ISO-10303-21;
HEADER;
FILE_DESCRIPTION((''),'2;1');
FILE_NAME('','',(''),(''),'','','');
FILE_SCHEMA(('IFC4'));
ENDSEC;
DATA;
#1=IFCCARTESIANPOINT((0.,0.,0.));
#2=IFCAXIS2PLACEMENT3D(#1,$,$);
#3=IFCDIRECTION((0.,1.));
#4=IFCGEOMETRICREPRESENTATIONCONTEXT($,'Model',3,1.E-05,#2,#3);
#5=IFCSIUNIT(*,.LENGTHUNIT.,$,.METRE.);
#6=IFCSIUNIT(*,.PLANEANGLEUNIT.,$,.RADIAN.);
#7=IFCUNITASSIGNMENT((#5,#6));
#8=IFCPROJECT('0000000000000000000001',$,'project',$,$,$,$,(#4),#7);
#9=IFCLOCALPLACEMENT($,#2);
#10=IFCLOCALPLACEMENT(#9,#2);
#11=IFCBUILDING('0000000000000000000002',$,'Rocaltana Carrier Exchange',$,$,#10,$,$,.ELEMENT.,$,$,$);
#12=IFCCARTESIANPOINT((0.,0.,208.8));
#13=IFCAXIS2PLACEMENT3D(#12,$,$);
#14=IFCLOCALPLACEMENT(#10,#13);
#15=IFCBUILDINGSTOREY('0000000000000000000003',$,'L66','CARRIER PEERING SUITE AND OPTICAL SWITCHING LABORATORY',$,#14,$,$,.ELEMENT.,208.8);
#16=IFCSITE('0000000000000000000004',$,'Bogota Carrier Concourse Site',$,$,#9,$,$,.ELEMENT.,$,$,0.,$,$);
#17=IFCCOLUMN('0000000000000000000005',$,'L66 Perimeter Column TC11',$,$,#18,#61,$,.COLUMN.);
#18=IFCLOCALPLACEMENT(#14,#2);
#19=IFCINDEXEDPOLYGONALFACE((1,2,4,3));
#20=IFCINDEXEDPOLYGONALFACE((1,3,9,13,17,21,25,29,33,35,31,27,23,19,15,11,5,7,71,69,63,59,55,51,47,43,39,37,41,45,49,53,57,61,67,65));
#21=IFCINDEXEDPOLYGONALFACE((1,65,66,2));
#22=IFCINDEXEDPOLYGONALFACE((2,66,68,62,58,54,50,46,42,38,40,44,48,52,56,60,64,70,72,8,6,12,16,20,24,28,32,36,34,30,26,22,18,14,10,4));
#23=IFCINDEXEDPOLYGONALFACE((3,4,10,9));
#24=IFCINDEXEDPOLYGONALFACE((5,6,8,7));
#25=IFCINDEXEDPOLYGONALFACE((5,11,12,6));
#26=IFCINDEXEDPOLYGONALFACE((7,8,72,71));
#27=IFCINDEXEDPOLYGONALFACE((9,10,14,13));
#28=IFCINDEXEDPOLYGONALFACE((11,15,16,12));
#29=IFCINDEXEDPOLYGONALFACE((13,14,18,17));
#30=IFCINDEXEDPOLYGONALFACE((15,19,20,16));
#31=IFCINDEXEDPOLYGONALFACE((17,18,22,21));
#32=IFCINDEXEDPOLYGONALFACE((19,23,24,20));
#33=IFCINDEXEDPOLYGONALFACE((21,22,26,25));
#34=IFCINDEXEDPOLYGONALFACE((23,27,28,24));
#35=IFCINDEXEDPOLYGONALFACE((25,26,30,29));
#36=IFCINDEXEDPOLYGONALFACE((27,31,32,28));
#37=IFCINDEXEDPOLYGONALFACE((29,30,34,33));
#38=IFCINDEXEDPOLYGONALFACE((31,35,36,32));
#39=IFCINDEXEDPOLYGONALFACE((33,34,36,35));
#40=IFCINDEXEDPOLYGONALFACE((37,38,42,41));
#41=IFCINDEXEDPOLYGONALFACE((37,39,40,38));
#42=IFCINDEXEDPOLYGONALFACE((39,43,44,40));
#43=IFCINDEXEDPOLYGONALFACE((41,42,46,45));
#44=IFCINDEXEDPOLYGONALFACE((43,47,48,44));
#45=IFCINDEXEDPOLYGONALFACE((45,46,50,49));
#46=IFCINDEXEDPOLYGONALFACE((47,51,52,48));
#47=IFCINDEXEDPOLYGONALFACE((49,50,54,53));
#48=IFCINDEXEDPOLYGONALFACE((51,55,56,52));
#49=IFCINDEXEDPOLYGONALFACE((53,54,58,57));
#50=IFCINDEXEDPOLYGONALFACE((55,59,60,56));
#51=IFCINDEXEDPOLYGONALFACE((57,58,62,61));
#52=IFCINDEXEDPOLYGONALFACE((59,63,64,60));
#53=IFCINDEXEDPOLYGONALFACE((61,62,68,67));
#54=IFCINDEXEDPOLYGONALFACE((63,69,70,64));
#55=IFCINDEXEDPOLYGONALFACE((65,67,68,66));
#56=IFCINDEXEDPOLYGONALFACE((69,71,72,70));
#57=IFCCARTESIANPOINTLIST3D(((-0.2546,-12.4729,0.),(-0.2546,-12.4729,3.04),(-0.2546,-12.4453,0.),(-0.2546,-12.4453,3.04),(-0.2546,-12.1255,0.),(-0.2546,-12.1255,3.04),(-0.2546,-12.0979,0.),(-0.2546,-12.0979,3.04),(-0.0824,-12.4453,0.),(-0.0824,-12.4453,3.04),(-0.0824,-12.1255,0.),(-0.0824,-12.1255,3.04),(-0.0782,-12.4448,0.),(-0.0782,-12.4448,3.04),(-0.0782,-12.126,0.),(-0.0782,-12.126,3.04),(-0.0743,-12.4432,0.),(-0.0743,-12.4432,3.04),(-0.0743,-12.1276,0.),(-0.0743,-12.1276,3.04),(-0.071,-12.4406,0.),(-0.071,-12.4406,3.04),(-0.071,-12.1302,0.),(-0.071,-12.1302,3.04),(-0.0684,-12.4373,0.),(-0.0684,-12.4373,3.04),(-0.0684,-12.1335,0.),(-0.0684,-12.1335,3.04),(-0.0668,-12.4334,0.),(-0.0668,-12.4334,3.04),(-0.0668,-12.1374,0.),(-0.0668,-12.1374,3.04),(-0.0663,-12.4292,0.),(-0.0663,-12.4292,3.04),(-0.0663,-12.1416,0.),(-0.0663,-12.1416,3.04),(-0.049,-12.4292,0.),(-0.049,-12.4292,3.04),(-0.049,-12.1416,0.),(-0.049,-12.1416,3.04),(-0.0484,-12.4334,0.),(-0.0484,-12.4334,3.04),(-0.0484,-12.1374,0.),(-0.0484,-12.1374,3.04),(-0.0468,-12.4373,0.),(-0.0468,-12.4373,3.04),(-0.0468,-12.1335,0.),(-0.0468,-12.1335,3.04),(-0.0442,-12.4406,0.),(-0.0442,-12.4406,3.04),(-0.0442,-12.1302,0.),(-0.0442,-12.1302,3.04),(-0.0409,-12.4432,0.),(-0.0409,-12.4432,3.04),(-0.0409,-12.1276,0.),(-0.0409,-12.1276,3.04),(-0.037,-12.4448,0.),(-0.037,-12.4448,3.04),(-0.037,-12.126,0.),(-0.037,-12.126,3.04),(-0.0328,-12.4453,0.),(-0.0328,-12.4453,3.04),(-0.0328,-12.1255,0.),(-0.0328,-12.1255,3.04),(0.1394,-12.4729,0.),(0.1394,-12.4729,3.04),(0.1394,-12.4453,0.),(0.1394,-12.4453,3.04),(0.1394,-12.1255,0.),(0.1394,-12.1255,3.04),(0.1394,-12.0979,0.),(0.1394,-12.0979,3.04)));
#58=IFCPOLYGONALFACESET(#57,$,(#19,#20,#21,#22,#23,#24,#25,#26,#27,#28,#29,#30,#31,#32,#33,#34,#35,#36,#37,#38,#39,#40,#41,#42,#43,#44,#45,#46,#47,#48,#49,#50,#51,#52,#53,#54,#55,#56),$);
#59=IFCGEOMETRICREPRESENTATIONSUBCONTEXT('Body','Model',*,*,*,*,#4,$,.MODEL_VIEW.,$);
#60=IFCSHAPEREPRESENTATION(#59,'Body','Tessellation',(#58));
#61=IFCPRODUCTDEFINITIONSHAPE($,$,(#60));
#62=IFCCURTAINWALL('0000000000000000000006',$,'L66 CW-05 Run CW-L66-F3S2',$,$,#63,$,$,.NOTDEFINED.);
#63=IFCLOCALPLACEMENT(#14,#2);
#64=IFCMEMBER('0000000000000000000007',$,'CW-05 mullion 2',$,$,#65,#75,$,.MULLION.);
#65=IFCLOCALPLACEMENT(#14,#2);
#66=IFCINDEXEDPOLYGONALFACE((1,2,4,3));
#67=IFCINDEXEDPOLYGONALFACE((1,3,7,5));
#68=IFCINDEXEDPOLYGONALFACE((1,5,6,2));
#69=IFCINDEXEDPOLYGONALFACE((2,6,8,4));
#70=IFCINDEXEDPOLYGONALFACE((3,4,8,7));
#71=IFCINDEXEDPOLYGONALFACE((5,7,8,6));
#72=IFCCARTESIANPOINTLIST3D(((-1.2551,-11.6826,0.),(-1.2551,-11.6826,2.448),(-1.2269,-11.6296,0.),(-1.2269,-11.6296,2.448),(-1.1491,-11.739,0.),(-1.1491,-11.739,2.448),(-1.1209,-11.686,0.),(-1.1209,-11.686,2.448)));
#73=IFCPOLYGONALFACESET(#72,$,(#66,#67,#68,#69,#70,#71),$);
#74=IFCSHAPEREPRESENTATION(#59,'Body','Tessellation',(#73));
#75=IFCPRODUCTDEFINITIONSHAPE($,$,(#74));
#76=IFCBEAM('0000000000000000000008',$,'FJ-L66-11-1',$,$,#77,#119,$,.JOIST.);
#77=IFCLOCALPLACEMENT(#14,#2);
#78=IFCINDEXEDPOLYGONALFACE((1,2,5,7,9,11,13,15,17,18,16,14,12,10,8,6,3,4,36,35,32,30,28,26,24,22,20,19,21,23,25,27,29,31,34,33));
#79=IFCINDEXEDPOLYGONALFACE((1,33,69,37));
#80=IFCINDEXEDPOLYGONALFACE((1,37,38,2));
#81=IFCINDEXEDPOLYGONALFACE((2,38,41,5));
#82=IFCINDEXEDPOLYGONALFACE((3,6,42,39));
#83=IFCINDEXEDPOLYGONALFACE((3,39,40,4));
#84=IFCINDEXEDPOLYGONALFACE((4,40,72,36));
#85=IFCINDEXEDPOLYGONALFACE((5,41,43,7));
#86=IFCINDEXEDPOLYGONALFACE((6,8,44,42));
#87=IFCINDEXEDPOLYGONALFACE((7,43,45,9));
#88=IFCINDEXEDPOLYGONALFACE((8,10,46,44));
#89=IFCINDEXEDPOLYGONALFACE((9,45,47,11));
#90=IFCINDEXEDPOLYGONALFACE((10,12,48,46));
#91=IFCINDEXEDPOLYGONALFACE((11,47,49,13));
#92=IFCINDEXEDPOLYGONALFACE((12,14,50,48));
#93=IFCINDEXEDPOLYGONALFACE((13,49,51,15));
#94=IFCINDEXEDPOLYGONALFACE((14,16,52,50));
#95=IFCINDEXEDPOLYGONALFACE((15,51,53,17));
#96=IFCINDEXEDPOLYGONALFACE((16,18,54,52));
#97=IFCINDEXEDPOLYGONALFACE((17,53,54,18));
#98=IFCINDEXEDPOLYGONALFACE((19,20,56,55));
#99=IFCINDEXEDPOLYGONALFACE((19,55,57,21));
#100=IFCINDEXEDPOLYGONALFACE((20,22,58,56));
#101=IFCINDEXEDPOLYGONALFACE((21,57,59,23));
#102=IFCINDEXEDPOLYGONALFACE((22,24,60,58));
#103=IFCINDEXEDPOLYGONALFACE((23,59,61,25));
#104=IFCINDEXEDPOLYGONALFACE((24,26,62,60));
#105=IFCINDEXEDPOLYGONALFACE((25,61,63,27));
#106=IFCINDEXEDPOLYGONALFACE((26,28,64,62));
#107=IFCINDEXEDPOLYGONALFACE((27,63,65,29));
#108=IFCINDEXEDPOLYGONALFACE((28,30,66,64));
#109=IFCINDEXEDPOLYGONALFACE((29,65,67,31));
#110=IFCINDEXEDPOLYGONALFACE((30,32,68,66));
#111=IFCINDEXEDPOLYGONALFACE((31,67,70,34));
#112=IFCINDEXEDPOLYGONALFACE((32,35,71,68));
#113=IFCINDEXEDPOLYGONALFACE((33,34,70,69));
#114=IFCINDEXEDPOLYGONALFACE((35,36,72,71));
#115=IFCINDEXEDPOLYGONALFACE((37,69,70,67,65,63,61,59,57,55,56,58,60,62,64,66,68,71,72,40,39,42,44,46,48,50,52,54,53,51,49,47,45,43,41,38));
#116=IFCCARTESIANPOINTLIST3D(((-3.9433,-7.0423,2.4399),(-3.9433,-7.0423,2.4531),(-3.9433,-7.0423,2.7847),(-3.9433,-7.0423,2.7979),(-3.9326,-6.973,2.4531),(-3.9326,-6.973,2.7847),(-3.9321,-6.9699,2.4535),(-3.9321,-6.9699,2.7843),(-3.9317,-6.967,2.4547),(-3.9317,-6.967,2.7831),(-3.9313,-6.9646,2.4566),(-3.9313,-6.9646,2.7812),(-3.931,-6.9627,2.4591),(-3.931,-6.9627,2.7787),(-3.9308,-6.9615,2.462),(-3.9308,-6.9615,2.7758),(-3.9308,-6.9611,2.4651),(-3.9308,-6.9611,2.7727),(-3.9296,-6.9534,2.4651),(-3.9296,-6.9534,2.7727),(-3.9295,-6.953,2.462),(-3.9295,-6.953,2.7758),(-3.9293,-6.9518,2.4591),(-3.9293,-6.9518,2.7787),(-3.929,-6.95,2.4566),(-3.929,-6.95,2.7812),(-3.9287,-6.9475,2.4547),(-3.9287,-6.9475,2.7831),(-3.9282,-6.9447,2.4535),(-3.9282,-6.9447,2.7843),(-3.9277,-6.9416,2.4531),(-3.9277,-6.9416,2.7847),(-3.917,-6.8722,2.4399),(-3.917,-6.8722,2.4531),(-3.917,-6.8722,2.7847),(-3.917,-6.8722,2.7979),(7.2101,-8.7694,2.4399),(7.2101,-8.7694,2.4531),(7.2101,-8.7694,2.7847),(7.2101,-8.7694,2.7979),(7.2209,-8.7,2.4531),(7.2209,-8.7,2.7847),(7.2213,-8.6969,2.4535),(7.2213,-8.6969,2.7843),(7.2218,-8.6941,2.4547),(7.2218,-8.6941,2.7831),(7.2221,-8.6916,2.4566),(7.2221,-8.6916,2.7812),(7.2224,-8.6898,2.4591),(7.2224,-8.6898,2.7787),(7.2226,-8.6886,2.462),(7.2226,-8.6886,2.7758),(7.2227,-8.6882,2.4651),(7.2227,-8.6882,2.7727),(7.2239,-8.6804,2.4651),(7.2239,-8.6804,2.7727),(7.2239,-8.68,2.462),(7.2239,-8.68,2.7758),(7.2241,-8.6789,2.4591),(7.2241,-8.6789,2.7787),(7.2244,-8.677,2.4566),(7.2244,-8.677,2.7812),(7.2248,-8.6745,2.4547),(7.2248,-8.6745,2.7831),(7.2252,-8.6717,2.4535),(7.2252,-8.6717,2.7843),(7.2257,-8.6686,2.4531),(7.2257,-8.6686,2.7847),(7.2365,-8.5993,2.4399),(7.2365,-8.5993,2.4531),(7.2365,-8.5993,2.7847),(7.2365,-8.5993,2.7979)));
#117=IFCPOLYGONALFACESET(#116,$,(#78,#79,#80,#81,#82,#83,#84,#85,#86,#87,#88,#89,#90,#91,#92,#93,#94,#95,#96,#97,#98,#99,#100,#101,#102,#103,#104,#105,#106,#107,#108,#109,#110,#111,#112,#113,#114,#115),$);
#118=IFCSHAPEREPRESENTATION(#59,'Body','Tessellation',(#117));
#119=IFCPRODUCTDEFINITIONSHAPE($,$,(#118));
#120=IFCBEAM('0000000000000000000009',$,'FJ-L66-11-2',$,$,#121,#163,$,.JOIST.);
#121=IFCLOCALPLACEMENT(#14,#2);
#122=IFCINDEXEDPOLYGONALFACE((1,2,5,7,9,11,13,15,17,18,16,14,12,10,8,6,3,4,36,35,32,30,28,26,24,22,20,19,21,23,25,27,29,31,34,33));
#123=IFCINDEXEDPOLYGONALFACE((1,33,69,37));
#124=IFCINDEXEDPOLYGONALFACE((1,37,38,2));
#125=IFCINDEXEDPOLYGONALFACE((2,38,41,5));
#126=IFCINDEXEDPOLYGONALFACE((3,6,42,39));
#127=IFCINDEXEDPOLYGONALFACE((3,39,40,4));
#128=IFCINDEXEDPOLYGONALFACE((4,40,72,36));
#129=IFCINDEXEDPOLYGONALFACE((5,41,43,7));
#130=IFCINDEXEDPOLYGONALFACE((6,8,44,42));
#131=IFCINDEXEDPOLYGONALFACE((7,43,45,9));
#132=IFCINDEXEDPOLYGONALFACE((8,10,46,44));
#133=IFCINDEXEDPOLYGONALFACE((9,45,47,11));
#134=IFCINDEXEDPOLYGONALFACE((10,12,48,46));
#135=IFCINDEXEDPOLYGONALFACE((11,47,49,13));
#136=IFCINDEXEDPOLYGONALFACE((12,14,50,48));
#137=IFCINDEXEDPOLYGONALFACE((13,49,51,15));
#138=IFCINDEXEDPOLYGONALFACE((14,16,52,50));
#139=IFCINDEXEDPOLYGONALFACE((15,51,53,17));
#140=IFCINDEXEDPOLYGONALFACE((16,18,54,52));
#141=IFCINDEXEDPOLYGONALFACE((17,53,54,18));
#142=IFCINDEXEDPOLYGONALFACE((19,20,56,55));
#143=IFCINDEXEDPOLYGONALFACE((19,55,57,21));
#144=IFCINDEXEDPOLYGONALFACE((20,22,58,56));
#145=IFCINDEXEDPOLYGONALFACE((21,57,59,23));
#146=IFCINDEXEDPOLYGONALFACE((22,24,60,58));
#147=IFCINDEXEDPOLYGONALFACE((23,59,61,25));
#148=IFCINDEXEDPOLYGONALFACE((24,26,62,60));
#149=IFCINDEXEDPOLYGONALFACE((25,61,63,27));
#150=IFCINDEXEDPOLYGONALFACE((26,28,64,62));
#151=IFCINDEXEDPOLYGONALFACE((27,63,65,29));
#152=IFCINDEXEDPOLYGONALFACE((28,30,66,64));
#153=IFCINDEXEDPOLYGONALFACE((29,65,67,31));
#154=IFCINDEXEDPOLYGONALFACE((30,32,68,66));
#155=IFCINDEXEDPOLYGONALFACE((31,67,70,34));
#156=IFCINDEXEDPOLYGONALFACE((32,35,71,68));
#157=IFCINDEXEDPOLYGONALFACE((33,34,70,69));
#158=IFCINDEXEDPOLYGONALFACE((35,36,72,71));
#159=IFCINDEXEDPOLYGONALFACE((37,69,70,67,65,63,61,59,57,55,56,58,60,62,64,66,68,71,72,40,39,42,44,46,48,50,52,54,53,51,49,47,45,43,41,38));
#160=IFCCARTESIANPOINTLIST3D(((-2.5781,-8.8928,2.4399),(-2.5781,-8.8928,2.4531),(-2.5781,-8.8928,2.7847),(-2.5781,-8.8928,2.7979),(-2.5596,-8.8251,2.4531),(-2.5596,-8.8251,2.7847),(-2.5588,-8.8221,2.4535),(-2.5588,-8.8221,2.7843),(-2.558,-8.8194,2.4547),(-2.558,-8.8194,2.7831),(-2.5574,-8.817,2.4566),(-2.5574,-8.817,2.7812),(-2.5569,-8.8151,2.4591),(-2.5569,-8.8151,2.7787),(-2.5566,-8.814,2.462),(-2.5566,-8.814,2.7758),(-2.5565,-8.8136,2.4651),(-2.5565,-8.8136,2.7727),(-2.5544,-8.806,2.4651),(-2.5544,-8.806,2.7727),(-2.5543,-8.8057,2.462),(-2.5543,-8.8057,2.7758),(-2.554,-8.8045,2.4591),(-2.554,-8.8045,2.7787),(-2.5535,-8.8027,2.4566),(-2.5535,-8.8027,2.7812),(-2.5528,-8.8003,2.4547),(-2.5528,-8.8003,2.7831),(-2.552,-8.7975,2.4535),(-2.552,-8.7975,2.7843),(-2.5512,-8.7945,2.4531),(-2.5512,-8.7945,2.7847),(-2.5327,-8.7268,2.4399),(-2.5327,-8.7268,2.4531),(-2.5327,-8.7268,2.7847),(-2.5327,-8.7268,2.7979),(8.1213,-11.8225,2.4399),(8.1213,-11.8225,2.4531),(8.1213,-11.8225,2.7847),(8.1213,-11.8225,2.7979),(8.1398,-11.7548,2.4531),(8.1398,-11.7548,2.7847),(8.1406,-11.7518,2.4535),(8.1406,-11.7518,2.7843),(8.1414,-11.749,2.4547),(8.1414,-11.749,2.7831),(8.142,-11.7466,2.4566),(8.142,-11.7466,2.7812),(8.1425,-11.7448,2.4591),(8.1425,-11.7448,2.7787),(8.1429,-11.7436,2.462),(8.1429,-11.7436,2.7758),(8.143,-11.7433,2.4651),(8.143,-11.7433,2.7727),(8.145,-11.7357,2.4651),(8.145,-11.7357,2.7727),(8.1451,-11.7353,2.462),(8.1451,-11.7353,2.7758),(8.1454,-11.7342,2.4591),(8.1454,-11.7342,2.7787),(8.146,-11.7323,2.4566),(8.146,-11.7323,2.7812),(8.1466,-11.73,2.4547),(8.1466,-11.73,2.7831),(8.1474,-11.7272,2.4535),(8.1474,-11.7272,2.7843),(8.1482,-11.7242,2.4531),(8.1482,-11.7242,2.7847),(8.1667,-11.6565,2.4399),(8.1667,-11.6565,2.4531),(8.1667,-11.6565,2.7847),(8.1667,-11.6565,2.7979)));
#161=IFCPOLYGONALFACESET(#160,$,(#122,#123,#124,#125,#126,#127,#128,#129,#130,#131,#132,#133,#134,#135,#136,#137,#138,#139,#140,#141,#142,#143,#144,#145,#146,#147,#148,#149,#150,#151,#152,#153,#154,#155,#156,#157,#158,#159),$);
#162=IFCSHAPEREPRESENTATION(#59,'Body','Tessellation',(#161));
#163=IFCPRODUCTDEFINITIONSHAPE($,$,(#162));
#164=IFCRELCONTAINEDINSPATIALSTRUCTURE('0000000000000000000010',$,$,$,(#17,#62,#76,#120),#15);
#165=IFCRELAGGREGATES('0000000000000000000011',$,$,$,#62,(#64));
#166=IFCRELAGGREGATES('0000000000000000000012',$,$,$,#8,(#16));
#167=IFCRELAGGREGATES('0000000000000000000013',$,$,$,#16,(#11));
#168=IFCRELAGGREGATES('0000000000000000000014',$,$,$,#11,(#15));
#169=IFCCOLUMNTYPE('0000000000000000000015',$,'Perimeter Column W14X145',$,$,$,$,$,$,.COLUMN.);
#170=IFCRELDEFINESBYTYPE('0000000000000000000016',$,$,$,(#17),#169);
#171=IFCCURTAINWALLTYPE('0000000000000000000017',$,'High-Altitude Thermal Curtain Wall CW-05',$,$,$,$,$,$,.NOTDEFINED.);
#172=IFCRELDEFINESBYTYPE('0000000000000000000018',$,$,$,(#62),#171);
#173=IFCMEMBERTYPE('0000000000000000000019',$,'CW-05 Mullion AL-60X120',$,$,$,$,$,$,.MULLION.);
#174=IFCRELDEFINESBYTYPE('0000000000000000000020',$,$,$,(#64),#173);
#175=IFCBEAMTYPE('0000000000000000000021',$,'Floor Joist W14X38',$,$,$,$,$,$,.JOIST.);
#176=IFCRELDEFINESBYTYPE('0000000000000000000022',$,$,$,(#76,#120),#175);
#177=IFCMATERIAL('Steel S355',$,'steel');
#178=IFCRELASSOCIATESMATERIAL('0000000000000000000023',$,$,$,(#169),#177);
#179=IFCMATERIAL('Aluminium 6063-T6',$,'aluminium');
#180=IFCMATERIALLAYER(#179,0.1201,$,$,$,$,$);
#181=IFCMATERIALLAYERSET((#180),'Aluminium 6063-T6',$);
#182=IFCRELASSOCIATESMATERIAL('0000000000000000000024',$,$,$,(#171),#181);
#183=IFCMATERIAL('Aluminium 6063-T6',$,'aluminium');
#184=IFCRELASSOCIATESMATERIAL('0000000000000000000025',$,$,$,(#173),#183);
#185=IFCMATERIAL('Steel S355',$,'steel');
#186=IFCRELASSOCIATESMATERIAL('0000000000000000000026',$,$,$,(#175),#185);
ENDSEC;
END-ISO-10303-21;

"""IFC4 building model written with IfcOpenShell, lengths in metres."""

from ifc_helpers import new_model, si_unit, direction, frame, origin, origin_2d, place, context, subcontext, project, spatial, rectangle, i_section, extrude, material, layer, layer_set, material_profile, profile_set, type_object, element, aggregate, save


model = new_model("IFC4")

# Units and contexts
model_context = context("Model", 3, precision=1e-05, world=origin(), true_north=direction((0.0, 1.0)))
body_context = subcontext(model_context, "Body", "Model", "MODEL_VIEW")
ifc_project = project(units=[si_unit("LENGTHUNIT", "METRE"), si_unit("PLANEANGLEUNIT", "RADIAN")], contexts=[model_context])

# Site, building, storey
site_placement = place(None, origin())
site = spatial("IfcSite", under=ifc_project, at=site_placement, Name="Bogota Carrier Concourse Site", CompositionType="ELEMENT", RefElevation=0.0)
building_placement = place(site_placement, origin())
building = spatial("IfcBuilding", under=site, at=building_placement, Name="Rocaltana Carrier Exchange", CompositionType="ELEMENT")
storey_placement = place(building_placement, frame((0.0, 0.0, 208.8)))
storey = spatial("IfcBuildingStorey", under=building, at=storey_placement, Name="L66", Description="CARRIER PEERING SUITE AND OPTICAL SWITCHING LABORATORY", CompositionType="ELEMENT", Elevation=208.8)

# Column
ifc_material_1 = material(Name="Steel S355", Category="steel")
ifc_material_profile_1 = material_profile(ifc_material_1, i_section(OverallWidth=0.394, OverallDepth=0.375, WebThickness=0.0173, FlangeThickness=0.0276, FilletRadius=0.0161, at=origin_2d()), Name="W14X145")
ifc_profile_set_1 = profile_set([ifc_material_profile_1], Name="Steel S355")
column_type = type_object("IfcColumnType", Name="Perimeter Column W14X145", PredefinedType="COLUMN", material=ifc_profile_set_1)
column_placement = place(storey_placement, frame((-0.0576, -12.2854, 0.0), z_axis=(0.0, 0.0, 1.0), x_axis=(1.0, 0.0, 0.0)))
element("IfcColumn", 1, at=column_placement, inside=storey, type_object=column_type, Name="L66 Perimeter Column TC11", PredefinedType="COLUMN", context=body_context, shape_type="SweptSolid", body=[
    extrude(i_section(OverallWidth=0.394, OverallDepth=0.375, WebThickness=0.0173, FlangeThickness=0.0276, FilletRadius=0.0161, at=origin_2d()), origin(), (0.0, 0.0, 1.0), 3.04),
])

# Curtain wall, member
ifc_material_2 = material(Name="Aluminium 6063-T6", Category="aluminium")
ifc_layer_1 = layer(ifc_material_2, 0.1201)
ifc_layer_set_1 = layer_set([ifc_layer_1], Name="Aluminium 6063-T6")
curtain_wall_type = type_object("IfcCurtainWallType", Name="High-Altitude Thermal Curtain Wall CW-05", PredefinedType="NOTDEFINED", material=ifc_layer_set_1)
curtain_wall_placement = place(storey_placement, origin())
curtain_wall = element("IfcCurtainWall", 2, at=curtain_wall_placement, inside=storey, type_object=curtain_wall_type, Name="L66 CW-05 Run CW-L66-F3S2", PredefinedType="NOTDEFINED")
ifc_material_3 = material(Name="Aluminium 6063-T6", Category="aluminium")
ifc_material_profile_2 = material_profile(ifc_material_3, rectangle(XDim=0.0601, YDim=0.1201, at=origin_2d()), Name="AL-60X120")
ifc_profile_set_2 = profile_set([ifc_material_profile_2], Name="Aluminium 6063-T6")
member_type = type_object("IfcMemberType", Name="CW-05 Mullion AL-60X120", PredefinedType="MULLION", material=ifc_profile_set_2)
member_placement = place(storey_placement, frame((-1.188, -11.6843, 0.0), z_axis=(0.0, 0.0, 1.0), x_axis=(0.469479, 0.882943, 0.0)))
member = element("IfcMember", 3, at=member_placement, type_object=member_type, Name="CW-05 mullion 2", PredefinedType="MULLION", context=body_context, shape_type="SweptSolid", body=[
    extrude(rectangle(XDim=0.0601, YDim=0.1201, at=origin_2d()), origin(), (0.0, 0.0, 1.0), 2.448),
])

# Beams
ifc_material_4 = material(Name="Steel S355", Category="steel")
ifc_material_profile_3 = material_profile(ifc_material_4, i_section(OverallWidth=0.1721, OverallDepth=0.3579, WebThickness=0.0078, FlangeThickness=0.0132, FilletRadius=0.012, at=origin_2d()), Name="W14X38")
ifc_profile_set_3 = profile_set([ifc_material_profile_3], Name="Steel S355")
beam_type_1 = type_object("IfcBeamType", Name="Floor Joist W14X38", PredefinedType="JOIST", material=ifc_profile_set_3)
beam_1_placement = place(storey_placement, frame((-3.9302, -6.9573, 2.6189), z_axis=(0.988223, -0.153019, 0.0), x_axis=(0.153019, 0.988223, 0.0)))
element("IfcBeam", 4, at=beam_1_placement, inside=storey, type_object=beam_type_1, Name="FJ-L66-11-1", PredefinedType="JOIST", context=body_context, shape_type="SweptSolid", body=[
    extrude(i_section(OverallWidth=0.1721, OverallDepth=0.3579, WebThickness=0.0078, FlangeThickness=0.0132, FilletRadius=0.012, at=origin_2d()), origin(), (0.0, 0.0, 1.0), 11.2864),
])
beam_2_placement = place(storey_placement, frame((-2.5554, -8.8098, 2.6189), z_axis=(0.964497, -0.264095, 0.0), x_axis=(0.264095, 0.964497, 0.0)))
element("IfcBeam", 5, at=beam_2_placement, inside=storey, type_object=beam_type_1, Name="FJ-L66-11-2", PredefinedType="JOIST", context=body_context, shape_type="SweptSolid", body=[
    extrude(i_section(OverallWidth=0.1721, OverallDepth=0.3579, WebThickness=0.0078, FlangeThickness=0.0132, FilletRadius=0.012, at=origin_2d()), origin(), (0.0, 0.0, 1.0), 11.0933),
])

aggregate(curtain_wall, [member])

save(model, "model.ifc")
